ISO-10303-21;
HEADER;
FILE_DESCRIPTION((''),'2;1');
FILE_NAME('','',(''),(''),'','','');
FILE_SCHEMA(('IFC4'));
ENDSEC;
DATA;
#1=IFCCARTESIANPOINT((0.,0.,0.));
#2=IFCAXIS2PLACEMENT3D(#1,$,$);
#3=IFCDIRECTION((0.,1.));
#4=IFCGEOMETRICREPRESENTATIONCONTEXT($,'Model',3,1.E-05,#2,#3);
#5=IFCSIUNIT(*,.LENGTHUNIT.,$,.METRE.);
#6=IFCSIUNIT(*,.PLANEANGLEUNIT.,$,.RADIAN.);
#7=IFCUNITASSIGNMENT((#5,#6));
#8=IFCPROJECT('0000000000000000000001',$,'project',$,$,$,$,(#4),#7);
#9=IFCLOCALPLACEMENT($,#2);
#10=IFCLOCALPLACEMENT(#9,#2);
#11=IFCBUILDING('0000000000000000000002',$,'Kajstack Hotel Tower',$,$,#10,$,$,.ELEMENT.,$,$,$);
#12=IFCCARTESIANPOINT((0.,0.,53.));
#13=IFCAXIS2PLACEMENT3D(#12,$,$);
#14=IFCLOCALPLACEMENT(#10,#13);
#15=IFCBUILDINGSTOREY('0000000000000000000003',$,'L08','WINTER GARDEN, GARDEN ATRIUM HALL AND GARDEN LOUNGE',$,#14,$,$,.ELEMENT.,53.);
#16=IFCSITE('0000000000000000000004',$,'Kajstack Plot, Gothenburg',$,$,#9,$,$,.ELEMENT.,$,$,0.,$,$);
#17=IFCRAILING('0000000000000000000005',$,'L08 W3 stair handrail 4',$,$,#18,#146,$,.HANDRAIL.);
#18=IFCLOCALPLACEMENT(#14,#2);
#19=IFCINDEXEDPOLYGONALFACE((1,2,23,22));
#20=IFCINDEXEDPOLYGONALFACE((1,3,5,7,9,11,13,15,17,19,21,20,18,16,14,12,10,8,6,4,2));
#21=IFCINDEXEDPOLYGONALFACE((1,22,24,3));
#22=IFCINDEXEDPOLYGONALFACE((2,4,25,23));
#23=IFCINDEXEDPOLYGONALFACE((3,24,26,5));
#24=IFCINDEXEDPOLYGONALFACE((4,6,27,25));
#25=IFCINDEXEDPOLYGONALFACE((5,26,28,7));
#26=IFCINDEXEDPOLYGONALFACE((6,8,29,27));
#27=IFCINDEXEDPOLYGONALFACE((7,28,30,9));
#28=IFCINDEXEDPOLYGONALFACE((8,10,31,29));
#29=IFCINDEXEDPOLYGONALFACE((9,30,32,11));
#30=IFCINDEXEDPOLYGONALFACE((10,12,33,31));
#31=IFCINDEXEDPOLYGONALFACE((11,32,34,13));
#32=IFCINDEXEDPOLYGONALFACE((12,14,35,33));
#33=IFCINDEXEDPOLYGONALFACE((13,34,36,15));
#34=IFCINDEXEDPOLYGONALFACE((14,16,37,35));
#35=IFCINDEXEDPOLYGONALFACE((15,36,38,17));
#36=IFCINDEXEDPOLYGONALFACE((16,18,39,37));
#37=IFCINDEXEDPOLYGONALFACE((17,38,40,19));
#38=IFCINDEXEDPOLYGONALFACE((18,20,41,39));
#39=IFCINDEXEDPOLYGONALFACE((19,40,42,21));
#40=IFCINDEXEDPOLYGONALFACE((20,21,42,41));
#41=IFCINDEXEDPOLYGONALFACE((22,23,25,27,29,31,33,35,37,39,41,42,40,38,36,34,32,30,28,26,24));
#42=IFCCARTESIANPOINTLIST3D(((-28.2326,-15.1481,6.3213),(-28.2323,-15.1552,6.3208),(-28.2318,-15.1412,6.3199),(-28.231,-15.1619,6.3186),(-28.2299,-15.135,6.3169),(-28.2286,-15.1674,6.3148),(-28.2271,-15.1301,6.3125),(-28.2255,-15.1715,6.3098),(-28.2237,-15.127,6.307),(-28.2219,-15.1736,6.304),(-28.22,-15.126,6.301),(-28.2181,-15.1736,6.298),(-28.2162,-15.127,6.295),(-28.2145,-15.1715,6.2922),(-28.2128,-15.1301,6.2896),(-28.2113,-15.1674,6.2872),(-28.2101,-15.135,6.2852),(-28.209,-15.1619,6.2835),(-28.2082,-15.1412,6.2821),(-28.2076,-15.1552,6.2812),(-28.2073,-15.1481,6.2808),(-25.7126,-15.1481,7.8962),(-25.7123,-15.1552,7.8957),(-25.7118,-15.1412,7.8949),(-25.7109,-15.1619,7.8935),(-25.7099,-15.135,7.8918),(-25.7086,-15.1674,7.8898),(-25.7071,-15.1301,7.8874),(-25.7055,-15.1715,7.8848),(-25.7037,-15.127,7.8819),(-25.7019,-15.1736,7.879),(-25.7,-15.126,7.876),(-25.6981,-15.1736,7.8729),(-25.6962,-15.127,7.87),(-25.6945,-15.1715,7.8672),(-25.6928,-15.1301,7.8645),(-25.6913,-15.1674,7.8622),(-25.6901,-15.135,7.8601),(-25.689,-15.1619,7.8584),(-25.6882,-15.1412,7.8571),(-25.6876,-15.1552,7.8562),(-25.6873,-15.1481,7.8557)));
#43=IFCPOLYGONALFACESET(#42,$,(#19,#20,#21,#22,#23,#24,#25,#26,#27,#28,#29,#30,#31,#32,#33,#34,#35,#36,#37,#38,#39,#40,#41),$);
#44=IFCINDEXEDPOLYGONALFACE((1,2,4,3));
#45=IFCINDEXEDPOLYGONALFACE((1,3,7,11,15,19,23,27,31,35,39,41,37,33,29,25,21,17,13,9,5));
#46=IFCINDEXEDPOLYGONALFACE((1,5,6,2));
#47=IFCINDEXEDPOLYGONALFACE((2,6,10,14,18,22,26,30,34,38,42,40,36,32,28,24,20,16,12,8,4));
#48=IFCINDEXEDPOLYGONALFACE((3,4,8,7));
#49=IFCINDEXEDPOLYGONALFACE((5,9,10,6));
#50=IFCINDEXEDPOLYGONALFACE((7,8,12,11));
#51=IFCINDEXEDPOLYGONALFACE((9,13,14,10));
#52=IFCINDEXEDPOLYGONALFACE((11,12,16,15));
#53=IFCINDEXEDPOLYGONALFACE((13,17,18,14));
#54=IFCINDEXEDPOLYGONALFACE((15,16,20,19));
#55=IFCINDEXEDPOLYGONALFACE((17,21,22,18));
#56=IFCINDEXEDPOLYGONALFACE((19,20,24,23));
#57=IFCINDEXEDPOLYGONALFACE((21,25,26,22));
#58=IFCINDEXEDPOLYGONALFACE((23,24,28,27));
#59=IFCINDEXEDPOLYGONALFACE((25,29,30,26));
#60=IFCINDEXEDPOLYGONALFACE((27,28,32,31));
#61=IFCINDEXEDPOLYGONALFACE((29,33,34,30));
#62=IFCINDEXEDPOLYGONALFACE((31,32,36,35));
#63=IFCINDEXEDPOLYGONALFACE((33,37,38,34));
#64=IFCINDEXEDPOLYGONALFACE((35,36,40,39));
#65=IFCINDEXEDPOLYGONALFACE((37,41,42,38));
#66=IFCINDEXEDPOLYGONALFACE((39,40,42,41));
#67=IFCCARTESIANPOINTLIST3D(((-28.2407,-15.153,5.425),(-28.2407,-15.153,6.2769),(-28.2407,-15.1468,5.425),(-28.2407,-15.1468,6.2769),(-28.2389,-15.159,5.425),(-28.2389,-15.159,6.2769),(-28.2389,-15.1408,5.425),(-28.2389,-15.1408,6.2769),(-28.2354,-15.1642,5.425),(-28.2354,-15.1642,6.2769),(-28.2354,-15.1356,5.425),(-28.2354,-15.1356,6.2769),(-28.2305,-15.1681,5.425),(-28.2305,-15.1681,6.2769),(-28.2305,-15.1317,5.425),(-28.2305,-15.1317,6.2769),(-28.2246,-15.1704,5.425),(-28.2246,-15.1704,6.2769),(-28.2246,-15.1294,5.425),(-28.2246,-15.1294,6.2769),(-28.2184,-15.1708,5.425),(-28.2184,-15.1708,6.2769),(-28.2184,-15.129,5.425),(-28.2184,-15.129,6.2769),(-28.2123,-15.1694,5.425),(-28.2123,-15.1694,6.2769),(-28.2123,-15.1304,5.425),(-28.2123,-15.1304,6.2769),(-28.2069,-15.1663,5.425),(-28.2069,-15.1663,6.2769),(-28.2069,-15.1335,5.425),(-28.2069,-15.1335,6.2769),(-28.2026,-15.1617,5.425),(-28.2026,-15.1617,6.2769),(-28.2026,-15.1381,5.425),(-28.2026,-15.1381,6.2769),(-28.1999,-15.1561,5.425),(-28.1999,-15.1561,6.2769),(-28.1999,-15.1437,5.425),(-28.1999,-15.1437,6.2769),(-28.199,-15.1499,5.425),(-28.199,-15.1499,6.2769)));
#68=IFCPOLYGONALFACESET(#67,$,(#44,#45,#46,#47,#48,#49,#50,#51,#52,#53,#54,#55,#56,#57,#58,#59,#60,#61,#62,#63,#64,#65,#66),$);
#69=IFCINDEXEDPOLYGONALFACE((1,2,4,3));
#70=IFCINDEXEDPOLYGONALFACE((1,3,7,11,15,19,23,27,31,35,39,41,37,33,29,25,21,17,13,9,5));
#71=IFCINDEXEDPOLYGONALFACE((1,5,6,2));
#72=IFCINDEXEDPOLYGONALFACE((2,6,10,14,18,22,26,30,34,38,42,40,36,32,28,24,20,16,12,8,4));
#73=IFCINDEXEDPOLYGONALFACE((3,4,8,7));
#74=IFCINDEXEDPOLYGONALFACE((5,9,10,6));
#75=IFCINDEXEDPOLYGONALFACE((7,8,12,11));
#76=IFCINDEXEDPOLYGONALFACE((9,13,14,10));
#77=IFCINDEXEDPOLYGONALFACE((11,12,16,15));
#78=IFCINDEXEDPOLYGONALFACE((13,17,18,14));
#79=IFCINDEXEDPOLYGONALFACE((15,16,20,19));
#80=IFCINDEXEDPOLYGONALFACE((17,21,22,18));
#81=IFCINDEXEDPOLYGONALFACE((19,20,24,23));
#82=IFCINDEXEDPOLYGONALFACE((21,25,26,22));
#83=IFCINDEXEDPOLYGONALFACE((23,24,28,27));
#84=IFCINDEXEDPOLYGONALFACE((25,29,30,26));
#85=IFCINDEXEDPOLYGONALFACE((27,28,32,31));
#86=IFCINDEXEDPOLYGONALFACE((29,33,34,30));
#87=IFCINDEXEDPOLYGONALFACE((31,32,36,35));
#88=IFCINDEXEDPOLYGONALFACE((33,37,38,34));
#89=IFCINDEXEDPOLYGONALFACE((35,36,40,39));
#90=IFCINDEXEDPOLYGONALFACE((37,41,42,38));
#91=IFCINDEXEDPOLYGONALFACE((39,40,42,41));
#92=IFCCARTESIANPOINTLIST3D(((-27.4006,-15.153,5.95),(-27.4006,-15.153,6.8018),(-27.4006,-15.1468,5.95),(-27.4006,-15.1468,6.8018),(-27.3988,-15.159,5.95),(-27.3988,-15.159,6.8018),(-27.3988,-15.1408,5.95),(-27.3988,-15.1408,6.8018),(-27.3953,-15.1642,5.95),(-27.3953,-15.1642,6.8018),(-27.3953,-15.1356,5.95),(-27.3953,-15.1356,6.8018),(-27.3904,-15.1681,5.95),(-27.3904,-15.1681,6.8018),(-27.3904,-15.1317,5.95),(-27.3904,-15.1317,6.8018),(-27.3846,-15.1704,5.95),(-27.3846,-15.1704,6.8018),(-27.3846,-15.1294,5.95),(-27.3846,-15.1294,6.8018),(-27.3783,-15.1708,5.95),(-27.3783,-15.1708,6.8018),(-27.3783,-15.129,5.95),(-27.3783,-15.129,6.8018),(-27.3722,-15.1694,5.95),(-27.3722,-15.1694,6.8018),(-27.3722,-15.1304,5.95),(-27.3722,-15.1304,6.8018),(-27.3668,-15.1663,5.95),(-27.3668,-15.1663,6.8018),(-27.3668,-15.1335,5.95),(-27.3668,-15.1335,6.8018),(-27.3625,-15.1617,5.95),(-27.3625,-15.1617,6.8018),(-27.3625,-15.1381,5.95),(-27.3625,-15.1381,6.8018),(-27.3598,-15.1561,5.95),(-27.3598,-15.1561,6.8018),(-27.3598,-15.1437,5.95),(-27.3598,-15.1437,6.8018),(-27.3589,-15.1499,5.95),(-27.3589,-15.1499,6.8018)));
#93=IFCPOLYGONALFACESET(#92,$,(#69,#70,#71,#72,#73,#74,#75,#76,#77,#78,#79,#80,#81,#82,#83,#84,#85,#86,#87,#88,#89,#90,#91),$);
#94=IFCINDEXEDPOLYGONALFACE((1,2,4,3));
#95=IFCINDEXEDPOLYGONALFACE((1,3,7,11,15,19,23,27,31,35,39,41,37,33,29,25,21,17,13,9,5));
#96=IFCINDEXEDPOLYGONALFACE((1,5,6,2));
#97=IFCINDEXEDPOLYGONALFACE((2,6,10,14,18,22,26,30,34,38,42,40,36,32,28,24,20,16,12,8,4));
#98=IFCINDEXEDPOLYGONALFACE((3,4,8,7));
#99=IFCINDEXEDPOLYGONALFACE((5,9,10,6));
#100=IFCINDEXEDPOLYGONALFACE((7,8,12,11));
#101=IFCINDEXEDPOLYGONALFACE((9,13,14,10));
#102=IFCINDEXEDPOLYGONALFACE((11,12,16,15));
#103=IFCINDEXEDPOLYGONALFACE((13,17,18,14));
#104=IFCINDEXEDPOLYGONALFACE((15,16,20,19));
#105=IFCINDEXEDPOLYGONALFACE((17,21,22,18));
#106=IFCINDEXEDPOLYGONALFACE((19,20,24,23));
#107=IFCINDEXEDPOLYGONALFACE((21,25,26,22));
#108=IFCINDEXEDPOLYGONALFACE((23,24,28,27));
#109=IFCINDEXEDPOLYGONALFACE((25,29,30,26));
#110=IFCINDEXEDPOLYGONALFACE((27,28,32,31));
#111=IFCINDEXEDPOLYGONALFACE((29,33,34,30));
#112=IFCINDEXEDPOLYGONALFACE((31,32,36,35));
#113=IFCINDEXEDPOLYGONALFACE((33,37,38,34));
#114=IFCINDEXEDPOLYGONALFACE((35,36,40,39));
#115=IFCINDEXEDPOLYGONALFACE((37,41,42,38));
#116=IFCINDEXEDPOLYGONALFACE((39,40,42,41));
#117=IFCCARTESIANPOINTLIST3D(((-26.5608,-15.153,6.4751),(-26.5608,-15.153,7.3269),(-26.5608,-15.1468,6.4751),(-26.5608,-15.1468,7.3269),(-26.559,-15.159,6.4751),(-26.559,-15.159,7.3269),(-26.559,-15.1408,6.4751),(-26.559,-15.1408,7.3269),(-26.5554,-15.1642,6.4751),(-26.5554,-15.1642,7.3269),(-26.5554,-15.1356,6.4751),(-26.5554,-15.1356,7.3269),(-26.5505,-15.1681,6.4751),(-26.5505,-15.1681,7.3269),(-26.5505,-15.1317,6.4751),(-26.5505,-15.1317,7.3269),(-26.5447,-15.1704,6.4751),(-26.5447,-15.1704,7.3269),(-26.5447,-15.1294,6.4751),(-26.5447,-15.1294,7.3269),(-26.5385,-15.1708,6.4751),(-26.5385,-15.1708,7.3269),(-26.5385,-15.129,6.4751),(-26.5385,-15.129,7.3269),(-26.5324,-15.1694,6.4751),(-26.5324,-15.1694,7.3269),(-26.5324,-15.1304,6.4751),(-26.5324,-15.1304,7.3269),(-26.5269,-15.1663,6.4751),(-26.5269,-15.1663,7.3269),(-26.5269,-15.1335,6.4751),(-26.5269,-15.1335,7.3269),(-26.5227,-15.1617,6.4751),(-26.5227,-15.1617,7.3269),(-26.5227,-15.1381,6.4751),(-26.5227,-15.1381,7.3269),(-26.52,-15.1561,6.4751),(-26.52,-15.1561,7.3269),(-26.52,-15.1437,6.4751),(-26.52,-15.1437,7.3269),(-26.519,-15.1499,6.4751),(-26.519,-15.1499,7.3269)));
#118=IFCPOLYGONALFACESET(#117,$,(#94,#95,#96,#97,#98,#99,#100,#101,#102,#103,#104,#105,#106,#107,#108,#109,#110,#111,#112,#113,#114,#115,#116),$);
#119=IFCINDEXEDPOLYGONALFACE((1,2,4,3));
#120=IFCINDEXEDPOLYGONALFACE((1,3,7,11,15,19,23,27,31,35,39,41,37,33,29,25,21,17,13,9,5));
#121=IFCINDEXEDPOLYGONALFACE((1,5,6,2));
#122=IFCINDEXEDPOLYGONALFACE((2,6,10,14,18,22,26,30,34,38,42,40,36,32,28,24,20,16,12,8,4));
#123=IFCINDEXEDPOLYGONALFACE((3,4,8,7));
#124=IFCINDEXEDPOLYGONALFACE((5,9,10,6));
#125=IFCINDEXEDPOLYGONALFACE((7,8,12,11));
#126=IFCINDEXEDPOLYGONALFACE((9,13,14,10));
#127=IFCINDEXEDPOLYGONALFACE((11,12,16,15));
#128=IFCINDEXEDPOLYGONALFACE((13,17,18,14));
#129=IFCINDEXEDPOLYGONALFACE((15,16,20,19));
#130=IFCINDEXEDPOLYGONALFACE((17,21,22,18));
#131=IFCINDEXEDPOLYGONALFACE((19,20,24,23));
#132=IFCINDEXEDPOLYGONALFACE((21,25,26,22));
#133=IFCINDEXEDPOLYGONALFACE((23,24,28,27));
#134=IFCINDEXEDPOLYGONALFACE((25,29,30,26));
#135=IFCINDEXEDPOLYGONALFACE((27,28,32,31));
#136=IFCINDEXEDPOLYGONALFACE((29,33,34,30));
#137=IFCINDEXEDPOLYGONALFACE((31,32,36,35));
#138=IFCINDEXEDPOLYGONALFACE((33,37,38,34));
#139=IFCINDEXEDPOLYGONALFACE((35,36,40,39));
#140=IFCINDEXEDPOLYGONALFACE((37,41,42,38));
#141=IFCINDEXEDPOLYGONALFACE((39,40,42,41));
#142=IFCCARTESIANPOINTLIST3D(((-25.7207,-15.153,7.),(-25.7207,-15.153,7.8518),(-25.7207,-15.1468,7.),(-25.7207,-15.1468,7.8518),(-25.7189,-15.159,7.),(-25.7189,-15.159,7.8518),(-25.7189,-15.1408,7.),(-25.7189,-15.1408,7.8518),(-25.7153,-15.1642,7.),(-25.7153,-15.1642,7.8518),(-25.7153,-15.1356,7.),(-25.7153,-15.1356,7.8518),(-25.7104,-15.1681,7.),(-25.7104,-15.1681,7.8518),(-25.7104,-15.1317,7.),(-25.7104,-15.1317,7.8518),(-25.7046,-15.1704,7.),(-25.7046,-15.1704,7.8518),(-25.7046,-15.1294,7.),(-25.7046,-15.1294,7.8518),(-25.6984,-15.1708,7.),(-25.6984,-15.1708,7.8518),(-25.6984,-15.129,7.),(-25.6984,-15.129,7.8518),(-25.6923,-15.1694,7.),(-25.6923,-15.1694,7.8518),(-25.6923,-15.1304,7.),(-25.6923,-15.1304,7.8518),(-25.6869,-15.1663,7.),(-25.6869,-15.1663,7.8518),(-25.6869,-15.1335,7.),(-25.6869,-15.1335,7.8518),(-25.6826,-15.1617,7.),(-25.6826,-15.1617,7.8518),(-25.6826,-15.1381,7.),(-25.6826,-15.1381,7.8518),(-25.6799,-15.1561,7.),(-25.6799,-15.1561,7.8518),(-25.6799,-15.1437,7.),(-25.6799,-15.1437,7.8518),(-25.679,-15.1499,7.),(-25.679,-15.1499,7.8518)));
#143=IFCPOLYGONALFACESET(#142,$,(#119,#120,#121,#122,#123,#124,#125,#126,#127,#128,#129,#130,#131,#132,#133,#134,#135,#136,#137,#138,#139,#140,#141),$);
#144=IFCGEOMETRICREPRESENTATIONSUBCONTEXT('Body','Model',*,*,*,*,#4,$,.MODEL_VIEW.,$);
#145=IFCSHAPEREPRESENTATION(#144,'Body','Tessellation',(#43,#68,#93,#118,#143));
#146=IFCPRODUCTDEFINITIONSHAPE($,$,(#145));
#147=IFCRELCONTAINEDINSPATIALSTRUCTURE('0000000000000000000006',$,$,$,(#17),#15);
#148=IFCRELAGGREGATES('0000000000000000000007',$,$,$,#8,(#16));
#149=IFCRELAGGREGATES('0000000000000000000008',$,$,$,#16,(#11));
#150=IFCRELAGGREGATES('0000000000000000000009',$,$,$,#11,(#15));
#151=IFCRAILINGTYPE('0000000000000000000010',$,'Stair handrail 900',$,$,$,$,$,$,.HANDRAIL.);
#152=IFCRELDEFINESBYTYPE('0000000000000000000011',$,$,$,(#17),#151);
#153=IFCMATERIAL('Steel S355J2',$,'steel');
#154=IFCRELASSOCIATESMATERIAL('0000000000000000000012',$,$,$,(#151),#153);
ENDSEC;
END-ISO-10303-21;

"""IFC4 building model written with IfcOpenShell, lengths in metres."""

from ifc_helpers import new_model, si_unit, direction, frame, origin, origin_2d, place, context, subcontext, project, spatial, circle, extrude, material, type_object, element, save


model = new_model("IFC4")

# Units and contexts
model_context = context("Model", 3, precision=1e-05, world=origin(), true_north=direction((0.0, 1.0)))
body_context = subcontext(model_context, "Body", "Model", "MODEL_VIEW")
ifc_project = project(units=[si_unit("LENGTHUNIT", "METRE"), si_unit("PLANEANGLEUNIT", "RADIAN")], contexts=[model_context])

# Site, building, storey
site_placement = place(None, origin())
site = spatial("IfcSite", under=ifc_project, at=site_placement, Name="Kajstack Plot, Gothenburg", CompositionType="ELEMENT", RefElevation=0.0)
building_placement = place(site_placement, origin())
building = spatial("IfcBuilding", under=site, at=building_placement, Name="Kajstack Hotel Tower", CompositionType="ELEMENT")
storey_placement = place(building_placement, frame((0.0, 0.0, 53.0)))
storey = spatial("IfcBuildingStorey", under=building, at=storey_placement, Name="L08", Description="WINTER GARDEN, GARDEN ATRIUM HALL AND GARDEN LOUNGE", CompositionType="ELEMENT", Elevation=53.0)

# Railing
ifc_material_1 = material(Name="Steel S355J2", Category="steel")
railing_type_1 = type_object("IfcRailingType", Name="Stair handrail 900", PredefinedType="HANDRAIL", material=ifc_material_1)
for number, where, name in (
    (1, (-28.22, -15.1499, 5.425), "L08 W3 stair handrail 4"),
):
    element("IfcRailing", number, at=place(storey_placement, frame(where)), inside=storey, type_object=railing_type_1, Name=name, PredefinedType="HANDRAIL", context=body_context, shape_type="SweptSolid", body=[
        extrude(circle(Radius=0.0239, at=origin_2d()), frame((0.0, 0.0, 0.876), z_axis=(0.848008, 0.0, 0.529984), x_axis=(0.0, 1.0, 0.0)), (0.0, 0.0, 1.0), 2.9717),
        extrude(circle(Radius=0.021, at=origin_2d()), origin(), (0.0, 0.0, 1.0), 0.8518),
        extrude(circle(Radius=0.021, at=origin_2d()), frame((0.8401, 0.0, 0.5249)), (0.0, 0.0, 1.0), 0.8518),
        extrude(circle(Radius=0.021, at=origin_2d()), frame((1.6799, 0.0, 1.05)), (0.0, 0.0, 1.0), 0.8518),
        extrude(circle(Radius=0.021, at=origin_2d()), frame((2.52, 0.0, 1.575)), (0.0, 0.0, 1.0), 0.8518),
    ])

save(model, "model.ifc")
